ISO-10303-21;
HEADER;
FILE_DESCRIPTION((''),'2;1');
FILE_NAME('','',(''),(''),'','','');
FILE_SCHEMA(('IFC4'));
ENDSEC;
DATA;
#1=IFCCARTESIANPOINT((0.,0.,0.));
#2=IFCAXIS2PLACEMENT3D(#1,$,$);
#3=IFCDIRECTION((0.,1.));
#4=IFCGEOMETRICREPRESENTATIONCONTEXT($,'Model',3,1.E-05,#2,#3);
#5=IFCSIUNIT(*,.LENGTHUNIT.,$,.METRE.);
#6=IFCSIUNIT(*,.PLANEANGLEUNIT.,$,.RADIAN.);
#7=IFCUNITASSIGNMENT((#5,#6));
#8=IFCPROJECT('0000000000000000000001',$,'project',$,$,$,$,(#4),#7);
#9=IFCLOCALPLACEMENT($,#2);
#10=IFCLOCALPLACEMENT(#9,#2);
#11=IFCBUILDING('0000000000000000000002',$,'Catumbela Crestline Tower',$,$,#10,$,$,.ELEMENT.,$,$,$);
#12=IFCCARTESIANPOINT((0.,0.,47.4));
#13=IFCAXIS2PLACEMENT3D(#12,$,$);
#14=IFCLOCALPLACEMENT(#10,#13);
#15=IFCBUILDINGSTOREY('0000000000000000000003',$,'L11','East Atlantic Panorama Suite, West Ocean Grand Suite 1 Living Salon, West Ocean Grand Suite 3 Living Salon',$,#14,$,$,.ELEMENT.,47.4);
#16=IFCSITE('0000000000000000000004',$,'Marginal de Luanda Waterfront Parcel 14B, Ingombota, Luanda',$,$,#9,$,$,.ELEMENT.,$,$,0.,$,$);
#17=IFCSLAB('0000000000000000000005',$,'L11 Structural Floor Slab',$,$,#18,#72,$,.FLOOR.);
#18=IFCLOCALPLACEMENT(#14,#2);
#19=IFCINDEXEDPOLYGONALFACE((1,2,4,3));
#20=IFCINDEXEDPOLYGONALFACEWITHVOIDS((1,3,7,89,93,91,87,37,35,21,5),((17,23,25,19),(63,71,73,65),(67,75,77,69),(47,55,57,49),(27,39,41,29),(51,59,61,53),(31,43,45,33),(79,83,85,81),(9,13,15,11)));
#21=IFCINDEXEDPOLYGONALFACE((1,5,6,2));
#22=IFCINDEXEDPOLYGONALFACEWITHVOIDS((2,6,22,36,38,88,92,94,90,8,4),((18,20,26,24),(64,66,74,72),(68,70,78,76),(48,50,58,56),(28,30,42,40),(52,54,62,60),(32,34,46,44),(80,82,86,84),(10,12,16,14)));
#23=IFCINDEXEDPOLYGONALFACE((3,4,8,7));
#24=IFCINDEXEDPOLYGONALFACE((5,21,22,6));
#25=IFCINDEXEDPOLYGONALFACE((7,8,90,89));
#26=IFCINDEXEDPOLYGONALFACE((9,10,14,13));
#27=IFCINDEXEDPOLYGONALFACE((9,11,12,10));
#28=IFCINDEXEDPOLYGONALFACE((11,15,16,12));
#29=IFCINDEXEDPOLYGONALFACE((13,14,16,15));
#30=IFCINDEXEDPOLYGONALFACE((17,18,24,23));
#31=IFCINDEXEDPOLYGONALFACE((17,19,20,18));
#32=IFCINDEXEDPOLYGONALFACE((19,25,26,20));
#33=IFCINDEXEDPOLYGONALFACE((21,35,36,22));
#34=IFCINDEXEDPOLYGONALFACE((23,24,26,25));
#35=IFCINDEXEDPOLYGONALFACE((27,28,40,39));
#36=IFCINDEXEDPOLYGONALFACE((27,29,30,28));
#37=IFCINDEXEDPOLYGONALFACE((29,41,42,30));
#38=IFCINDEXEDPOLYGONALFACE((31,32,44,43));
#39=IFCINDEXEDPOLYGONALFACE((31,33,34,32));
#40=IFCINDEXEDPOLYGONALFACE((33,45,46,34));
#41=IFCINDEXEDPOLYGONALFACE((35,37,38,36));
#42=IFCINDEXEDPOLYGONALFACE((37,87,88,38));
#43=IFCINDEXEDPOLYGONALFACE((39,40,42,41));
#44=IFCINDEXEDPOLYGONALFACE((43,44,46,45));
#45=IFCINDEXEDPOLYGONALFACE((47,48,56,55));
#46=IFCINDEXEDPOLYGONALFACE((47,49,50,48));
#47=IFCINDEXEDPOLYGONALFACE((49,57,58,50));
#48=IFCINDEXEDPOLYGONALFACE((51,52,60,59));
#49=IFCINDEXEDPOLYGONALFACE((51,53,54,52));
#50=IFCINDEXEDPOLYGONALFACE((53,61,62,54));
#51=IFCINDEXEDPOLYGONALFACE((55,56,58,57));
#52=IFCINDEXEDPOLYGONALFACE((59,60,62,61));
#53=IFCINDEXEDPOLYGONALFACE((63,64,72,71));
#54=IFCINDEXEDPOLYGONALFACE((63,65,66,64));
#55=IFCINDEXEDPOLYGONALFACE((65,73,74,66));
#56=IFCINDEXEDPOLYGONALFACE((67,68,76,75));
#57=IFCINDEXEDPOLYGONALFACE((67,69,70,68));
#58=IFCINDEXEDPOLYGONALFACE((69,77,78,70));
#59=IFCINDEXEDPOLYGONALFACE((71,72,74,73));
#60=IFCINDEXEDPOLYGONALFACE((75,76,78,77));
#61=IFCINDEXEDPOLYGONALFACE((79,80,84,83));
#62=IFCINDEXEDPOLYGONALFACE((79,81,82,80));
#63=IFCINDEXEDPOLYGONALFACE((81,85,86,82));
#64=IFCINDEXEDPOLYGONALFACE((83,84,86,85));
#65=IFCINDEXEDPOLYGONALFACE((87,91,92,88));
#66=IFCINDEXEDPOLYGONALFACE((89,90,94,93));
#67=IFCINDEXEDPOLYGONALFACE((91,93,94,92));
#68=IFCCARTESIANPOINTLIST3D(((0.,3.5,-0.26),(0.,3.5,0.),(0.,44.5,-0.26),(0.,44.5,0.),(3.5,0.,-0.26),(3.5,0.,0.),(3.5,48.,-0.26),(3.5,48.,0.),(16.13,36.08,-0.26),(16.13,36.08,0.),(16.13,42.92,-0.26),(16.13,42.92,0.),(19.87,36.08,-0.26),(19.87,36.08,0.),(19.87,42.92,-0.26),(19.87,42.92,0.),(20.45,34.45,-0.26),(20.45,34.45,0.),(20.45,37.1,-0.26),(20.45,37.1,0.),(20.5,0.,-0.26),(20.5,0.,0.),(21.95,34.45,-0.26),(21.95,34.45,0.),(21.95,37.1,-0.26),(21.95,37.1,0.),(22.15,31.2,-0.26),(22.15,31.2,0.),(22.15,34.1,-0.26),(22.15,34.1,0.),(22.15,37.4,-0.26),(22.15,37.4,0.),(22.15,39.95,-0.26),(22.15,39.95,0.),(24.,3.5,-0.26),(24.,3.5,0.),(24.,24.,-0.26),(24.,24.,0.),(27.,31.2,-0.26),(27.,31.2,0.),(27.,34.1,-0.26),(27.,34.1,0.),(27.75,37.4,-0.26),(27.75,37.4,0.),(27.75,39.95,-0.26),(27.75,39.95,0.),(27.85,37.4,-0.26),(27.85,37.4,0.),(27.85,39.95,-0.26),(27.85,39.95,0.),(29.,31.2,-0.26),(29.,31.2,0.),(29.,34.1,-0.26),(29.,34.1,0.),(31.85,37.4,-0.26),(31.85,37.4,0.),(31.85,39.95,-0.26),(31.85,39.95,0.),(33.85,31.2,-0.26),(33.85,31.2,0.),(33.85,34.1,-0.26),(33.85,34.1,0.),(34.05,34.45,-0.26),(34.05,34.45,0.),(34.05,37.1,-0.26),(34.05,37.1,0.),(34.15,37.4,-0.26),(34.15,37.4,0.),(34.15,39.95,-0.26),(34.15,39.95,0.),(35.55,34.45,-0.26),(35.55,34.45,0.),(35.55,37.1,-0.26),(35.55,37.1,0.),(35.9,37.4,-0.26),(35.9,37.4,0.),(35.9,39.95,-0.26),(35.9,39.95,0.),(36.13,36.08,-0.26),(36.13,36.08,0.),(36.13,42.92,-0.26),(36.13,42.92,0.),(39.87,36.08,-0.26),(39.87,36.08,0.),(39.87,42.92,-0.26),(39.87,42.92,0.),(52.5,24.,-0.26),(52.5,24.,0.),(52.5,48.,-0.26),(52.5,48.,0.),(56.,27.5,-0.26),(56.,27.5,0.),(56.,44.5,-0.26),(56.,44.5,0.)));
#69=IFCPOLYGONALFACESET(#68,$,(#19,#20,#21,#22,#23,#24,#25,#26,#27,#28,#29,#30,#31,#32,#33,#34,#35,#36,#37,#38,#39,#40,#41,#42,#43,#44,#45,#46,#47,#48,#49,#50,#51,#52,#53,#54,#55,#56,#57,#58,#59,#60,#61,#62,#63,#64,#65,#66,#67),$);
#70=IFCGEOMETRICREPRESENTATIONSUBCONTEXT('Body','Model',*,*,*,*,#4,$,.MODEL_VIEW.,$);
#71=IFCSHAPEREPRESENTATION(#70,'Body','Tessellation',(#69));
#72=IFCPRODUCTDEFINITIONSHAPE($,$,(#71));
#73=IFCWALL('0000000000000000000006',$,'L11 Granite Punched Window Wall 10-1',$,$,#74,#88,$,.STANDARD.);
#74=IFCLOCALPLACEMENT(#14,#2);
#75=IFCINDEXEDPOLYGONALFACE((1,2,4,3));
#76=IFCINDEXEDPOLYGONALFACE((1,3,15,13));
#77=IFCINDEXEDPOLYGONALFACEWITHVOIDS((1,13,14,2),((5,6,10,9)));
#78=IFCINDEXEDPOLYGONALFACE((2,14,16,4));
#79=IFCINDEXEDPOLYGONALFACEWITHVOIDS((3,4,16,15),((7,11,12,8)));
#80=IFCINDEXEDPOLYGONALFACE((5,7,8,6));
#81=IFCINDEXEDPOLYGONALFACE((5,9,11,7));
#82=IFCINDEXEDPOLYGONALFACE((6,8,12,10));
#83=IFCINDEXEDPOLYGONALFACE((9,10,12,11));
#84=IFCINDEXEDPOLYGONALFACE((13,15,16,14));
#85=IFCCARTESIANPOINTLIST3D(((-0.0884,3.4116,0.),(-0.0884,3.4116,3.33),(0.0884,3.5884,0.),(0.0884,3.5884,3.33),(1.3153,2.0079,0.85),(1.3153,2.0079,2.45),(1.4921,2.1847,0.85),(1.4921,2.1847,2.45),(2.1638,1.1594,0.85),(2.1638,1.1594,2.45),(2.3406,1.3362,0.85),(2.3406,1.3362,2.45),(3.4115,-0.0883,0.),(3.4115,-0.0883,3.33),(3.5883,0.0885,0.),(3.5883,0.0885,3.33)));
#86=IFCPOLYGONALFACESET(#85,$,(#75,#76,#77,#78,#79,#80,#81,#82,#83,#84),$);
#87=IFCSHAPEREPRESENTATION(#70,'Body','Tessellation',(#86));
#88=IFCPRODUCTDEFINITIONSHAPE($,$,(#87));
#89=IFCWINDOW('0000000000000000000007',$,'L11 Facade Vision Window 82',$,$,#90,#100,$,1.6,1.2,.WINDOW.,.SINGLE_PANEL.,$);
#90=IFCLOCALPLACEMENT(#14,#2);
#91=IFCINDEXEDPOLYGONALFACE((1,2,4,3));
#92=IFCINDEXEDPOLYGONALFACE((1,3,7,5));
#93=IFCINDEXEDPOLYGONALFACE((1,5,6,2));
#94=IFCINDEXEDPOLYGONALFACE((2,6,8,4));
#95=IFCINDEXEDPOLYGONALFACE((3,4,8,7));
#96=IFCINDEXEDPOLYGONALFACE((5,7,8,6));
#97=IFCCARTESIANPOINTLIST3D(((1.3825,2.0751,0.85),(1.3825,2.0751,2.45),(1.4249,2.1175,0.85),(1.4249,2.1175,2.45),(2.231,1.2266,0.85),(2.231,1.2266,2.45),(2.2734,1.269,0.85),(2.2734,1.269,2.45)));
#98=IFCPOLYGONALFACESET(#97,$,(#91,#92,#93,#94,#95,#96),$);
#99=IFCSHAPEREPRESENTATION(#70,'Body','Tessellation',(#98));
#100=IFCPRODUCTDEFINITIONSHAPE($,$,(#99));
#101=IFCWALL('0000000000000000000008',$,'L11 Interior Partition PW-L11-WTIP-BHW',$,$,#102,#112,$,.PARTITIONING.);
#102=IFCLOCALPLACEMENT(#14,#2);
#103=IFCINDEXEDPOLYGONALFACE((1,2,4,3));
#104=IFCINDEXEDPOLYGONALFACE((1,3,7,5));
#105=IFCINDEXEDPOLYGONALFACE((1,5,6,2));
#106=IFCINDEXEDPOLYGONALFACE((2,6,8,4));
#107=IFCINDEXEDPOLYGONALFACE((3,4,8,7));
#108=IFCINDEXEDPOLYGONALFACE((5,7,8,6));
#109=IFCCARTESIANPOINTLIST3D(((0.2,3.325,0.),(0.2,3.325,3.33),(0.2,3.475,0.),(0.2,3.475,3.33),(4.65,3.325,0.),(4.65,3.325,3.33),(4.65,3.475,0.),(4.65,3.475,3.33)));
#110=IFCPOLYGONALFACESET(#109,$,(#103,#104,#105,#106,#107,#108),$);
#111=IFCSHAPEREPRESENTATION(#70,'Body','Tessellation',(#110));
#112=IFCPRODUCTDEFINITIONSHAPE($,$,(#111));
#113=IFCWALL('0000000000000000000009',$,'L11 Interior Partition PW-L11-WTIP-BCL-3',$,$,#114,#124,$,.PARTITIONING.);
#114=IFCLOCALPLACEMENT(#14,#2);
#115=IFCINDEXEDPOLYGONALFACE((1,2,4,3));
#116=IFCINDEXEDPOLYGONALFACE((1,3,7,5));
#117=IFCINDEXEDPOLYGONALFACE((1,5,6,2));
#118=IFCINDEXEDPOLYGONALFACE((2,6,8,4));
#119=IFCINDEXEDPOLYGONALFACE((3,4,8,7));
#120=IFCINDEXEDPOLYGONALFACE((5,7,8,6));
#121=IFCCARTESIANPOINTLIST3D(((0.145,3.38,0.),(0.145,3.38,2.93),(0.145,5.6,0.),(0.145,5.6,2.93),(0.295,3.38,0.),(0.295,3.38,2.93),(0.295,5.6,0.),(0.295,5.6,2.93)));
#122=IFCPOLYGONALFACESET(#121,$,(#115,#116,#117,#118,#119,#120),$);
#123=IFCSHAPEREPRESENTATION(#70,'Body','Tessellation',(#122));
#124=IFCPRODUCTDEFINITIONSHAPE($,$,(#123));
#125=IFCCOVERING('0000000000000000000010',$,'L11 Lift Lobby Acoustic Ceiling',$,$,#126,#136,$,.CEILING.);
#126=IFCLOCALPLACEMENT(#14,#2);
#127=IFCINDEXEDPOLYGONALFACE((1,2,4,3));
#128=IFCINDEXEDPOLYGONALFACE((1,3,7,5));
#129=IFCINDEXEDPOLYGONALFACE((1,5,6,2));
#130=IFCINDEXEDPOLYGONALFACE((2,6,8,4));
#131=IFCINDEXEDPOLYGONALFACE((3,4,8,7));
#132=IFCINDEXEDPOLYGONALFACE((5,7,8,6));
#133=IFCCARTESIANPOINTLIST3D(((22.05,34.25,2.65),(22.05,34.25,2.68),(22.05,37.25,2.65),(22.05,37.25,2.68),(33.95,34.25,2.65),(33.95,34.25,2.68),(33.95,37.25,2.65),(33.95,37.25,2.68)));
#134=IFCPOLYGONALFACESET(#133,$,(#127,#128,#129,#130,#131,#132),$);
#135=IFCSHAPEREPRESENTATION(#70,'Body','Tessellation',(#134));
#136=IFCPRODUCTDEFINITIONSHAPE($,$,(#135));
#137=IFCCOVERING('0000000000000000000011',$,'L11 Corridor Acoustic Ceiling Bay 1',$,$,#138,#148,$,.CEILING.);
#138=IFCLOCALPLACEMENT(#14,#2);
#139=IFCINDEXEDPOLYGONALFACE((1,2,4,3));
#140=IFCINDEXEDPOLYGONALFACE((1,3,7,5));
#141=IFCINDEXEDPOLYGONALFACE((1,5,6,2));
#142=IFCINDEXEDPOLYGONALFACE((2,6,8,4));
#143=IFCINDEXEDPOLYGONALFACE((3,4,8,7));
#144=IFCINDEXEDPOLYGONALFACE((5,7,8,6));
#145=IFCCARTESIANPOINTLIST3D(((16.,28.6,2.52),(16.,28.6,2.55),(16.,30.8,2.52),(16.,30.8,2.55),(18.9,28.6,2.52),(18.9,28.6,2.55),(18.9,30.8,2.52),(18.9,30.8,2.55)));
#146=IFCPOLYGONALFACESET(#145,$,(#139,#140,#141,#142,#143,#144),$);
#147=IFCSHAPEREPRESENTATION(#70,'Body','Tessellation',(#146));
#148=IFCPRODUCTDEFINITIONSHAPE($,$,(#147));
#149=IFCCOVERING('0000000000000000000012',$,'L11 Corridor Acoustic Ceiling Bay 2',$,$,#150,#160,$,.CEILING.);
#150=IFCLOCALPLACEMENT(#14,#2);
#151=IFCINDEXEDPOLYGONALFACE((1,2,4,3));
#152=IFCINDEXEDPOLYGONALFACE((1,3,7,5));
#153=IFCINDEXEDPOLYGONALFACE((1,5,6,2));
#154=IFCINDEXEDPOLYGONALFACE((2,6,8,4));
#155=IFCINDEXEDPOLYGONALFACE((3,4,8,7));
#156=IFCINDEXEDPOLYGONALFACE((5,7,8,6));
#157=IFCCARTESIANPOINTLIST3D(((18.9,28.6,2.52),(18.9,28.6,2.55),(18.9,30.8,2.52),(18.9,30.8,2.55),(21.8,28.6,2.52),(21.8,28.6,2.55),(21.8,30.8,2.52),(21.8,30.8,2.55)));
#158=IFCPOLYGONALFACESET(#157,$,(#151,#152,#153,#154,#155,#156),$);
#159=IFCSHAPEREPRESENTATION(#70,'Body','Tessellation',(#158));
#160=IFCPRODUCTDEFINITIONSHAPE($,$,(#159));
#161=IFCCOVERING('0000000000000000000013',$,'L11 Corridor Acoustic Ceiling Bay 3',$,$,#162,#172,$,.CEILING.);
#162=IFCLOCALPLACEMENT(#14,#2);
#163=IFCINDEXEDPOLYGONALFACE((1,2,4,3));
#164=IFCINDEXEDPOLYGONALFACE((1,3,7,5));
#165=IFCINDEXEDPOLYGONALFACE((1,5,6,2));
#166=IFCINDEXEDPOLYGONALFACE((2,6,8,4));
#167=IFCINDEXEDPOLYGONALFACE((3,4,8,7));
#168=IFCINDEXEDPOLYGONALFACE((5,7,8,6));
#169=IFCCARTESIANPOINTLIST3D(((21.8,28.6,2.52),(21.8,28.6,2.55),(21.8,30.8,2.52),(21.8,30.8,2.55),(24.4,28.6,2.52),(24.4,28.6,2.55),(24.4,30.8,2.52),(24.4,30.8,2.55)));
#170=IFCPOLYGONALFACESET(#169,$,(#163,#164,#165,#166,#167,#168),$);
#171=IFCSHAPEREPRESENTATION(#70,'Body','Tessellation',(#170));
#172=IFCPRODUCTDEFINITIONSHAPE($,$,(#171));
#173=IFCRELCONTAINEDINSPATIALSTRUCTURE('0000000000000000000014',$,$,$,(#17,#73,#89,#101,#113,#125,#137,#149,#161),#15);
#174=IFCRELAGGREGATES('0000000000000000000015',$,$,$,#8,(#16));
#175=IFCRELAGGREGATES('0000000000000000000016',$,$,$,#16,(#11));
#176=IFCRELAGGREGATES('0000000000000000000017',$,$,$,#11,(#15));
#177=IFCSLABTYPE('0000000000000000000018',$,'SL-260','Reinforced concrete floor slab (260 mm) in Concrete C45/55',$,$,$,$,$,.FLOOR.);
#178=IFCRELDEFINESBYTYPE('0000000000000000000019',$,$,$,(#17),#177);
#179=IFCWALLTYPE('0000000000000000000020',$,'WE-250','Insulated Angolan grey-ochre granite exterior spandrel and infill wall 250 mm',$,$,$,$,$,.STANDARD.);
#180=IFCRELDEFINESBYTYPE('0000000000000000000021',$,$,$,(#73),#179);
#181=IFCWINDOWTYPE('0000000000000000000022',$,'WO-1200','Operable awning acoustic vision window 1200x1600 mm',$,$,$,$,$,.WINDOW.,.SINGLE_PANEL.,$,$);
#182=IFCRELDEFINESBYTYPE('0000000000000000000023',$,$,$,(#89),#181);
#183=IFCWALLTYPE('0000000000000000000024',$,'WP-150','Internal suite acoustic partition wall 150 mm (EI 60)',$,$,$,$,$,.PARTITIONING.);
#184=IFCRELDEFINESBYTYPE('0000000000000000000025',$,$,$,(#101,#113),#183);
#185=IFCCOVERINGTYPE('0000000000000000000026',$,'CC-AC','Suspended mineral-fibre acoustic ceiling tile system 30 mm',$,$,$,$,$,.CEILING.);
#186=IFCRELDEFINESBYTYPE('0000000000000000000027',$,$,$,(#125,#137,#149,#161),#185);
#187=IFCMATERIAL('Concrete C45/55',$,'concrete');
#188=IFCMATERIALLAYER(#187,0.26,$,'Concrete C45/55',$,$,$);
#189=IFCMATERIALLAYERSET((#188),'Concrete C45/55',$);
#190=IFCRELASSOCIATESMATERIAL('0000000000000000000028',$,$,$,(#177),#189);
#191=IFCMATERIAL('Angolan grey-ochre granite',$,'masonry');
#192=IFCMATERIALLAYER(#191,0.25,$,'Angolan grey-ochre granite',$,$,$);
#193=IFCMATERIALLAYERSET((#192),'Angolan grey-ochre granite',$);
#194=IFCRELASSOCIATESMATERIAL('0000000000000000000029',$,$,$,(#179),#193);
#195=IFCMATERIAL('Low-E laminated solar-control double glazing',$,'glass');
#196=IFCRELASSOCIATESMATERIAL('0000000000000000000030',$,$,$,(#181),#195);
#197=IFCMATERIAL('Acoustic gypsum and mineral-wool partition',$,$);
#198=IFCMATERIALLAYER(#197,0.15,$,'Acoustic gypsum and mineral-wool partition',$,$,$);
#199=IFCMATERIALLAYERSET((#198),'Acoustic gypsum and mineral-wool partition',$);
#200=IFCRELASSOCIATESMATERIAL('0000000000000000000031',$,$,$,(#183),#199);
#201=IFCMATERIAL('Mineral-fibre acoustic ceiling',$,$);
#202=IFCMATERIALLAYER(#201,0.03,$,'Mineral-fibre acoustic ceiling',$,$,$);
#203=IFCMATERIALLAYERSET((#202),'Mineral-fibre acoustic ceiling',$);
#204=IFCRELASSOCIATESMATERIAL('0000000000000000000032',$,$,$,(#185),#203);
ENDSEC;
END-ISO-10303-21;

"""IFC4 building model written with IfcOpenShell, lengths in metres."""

from ifc_helpers import new_model, si_unit, direction, frame, frame_2d, origin, place, context, subcontext, project, spatial, polyline, rectangle, outline, extrude, material, layer, layer_set, type_object, element, fill, save


model = new_model("IFC4")

# Units and contexts
model_context = context("Model", 3, precision=1e-05, world=origin(), true_north=direction((0.0, 1.0)))
body_context = subcontext(model_context, "Body", "Model", "MODEL_VIEW")
ifc_project = project(units=[si_unit("LENGTHUNIT", "METRE"), si_unit("PLANEANGLEUNIT", "RADIAN")], contexts=[model_context])

# Site, building, storey
site_placement = place(None, origin())
site = spatial("IfcSite", under=ifc_project, at=site_placement, Name="Marginal de Luanda Waterfront Parcel 14B, Ingombota, Luanda", CompositionType="ELEMENT", RefElevation=0.0)
building_placement = place(site_placement, origin())
building = spatial("IfcBuilding", under=site, at=building_placement, Name="Catumbela Crestline Tower", CompositionType="ELEMENT")
storey_placement = place(building_placement, frame((0.0, 0.0, 47.4)))
storey = spatial("IfcBuildingStorey", under=building, at=storey_placement, Name="L11", Description="East Atlantic Panorama Suite, West Ocean Grand Suite 1 Living Salon, West Ocean Grand Suite 3 Living Salon", CompositionType="ELEMENT", Elevation=47.4)

# Shared definitions
ifc_material_1 = material(Name="Concrete C45/55", Category="concrete")

# Slab
ifc_layer_1 = layer(ifc_material_1, 0.26, Name="Concrete C45/55")
ifc_layer_set_1 = layer_set([ifc_layer_1], Name="Concrete C45/55")
slab_type_1 = type_object("IfcSlabType", Name="SL-260", Description="Reinforced concrete floor slab (260 mm) in Concrete C45/55", PredefinedType="FLOOR", material=ifc_layer_set_1)
slab_1_placement = place(storey_placement, frame((0.0, 0.0, -0.26)))
element("IfcSlab", 1, at=slab_1_placement, inside=storey, type_object=slab_type_1, Name="L11 Structural Floor Slab", PredefinedType="FLOOR", context=body_context, shape_type="SweptSolid", body=[
    extrude(outline(polyline([(3.5, 0.0), (20.5, 0.0), (24.0, 3.5), (24.0, 24.0), (52.5, 24.0), (56.0, 27.5), (56.0, 44.5), (52.5, 48.0), (3.5, 48.0), (0.0, 44.5), (0.0, 3.5), (3.5, 0.0)]), holes=[polyline([(16.13, 36.08), (19.87, 36.08), (19.87, 42.92), (16.13, 42.92), (16.13, 36.08)]), polyline([(36.13, 36.08), (39.87, 36.08), (39.87, 42.92), (36.13, 42.92), (36.13, 36.08)]), polyline([(22.15, 31.2), (27.0, 31.2), (27.0, 34.1), (22.15, 34.1), (22.15, 31.2)]), polyline([(29.0, 31.2), (33.85, 31.2), (33.85, 34.1), (29.0, 34.1), (29.0, 31.2)]), polyline([(22.15, 37.4), (27.75, 37.4), (27.75, 39.95), (22.15, 39.95), (22.15, 37.4)]), polyline([(27.85, 37.4), (31.85, 37.4), (31.85, 39.95), (27.85, 39.95), (27.85, 37.4)]), polyline([(20.45, 34.45), (21.95, 34.45), (21.95, 37.1), (20.45, 37.1), (20.45, 34.45)]), polyline([(34.05, 34.45), (35.55, 34.45), (35.55, 37.1), (34.05, 37.1), (34.05, 34.45)]), polyline([(34.15, 37.4), (35.9, 37.4), (35.9, 39.95), (34.15, 39.95), (34.15, 37.4)])]), origin(), (0.0, 0.0, 1.0), 0.26),
])

# Wall, opening, window
ifc_material_2 = material(Name="Angolan grey-ochre granite", Category="masonry")
ifc_layer_2 = layer(ifc_material_2, 0.25, Name="Angolan grey-ochre granite")
ifc_layer_set_2 = layer_set([ifc_layer_2], Name="Angolan grey-ochre granite")
wall_type_1 = type_object("IfcWallType", Name="WE-250", Description="Insulated Angolan grey-ochre granite exterior spandrel and infill wall 250 mm", PredefinedType="STANDARD", material=ifc_layer_set_2)
wall_1_placement = place(storey_placement, frame((0.0, 3.5, 0.0), z_axis=(0.0, 0.0, 1.0), x_axis=(0.707107, -0.707107, 0.0)))
wall_1 = element("IfcWall", 2, at=wall_1_placement, inside=storey, type_object=wall_type_1, Name="L11 Granite Punched Window Wall 10-1", PredefinedType="STANDARD", context=body_context, shape_type="SweptSolid", body=[
    extrude(rectangle(XDim=4.9497, YDim=0.25, at=frame_2d((2.4748, 0.0))), origin(), (0.0, 0.0, 1.0), 3.33),
])
opening_placement = place(wall_1_placement, frame((1.9851, 0.0, 0.85)))
opening = element("IfcOpeningElement", 3, at=opening_placement, cuts=wall_1, PredefinedType="OPENING", context=body_context, shape_type="SweptSolid", body=[
    extrude(rectangle(XDim=1.2, YDim=1.6, at=frame_2d((0.6, 0.8))), frame((0.0, 0.135, 0.0), z_axis=(0.0, -1.0, 0.0), x_axis=(1.0, 0.0, 0.0)), (0.0, 0.0, 1.0), 0.27),
])
ifc_material_3 = material(Name="Low-E laminated solar-control double glazing", Category="glass")
window_type = type_object("IfcWindowType", Name="WO-1200", Description="Operable awning acoustic vision window 1200x1600 mm", PartitioningType="SINGLE_PANEL", PredefinedType="WINDOW", material=ifc_material_3)
window_placement = place(opening_placement, origin())
window = element("IfcWindow", 4, at=window_placement, inside=storey, type_object=window_type, Name="L11 Facade Vision Window 82", OverallHeight=1.6, OverallWidth=1.2, PartitioningType="SINGLE_PANEL", PredefinedType="WINDOW", context=body_context, shape_type="SweptSolid", body=[
    extrude(rectangle(XDim=1.2, YDim=1.6, at=frame_2d((0.6, 0.8))), frame((0.0, 0.03, 0.0), z_axis=(0.0, -1.0, 0.0), x_axis=(1.0, 0.0, 0.0)), (0.0, 0.0, 1.0), 0.06),
])
fill(opening, window)

# Walls
ifc_material_4 = material(Name="Acoustic gypsum and mineral-wool partition")
ifc_layer_3 = layer(ifc_material_4, 0.15, Name="Acoustic gypsum and mineral-wool partition")
ifc_layer_set_3 = layer_set([ifc_layer_3], Name="Acoustic gypsum and mineral-wool partition")
wall_type_2 = type_object("IfcWallType", Name="WP-150", Description="Internal suite acoustic partition wall 150 mm (EI 60)", PredefinedType="PARTITIONING", material=ifc_layer_set_3)
wall_2_placement = place(storey_placement, frame((0.2, 3.4, 0.0), z_axis=(0.0, 0.0, 1.0), x_axis=(1.0, 0.0, 0.0)))
element("IfcWall", 5, at=wall_2_placement, inside=storey, type_object=wall_type_2, Name="L11 Interior Partition PW-L11-WTIP-BHW", PredefinedType="PARTITIONING", context=body_context, shape_type="SweptSolid", body=[
    extrude(rectangle(XDim=4.45, YDim=0.15, at=frame_2d((2.225, 0.0))), origin(), (0.0, 0.0, 1.0), 3.33),
])
wall_3_placement = place(storey_placement, frame((0.22, 3.38, 0.0), z_axis=(0.0, 0.0, 1.0), x_axis=(0.0, 1.0, 0.0)))
element("IfcWall", 6, at=wall_3_placement, inside=storey, type_object=wall_type_2, Name="L11 Interior Partition PW-L11-WTIP-BCL-3", PredefinedType="PARTITIONING", context=body_context, shape_type="SweptSolid", body=[
    extrude(rectangle(XDim=2.22, YDim=0.15, at=frame_2d((1.11, 0.0))), origin(), (0.0, 0.0, 1.0), 2.93),
])

# Coverings
ifc_material_5 = material(Name="Mineral-fibre acoustic ceiling")
ifc_layer_4 = layer(ifc_material_5, 0.03, Name="Mineral-fibre acoustic ceiling")
ifc_layer_set_4 = layer_set([ifc_layer_4], Name="Mineral-fibre acoustic ceiling")
covering_type_1 = type_object("IfcCoveringType", Name="CC-AC", Description="Suspended mineral-fibre acoustic ceiling tile system 30 mm", PredefinedType="CEILING", material=ifc_layer_set_4)
covering_1_placement = place(storey_placement, frame((0.0, 0.0, 2.65)))
element("IfcCovering", 7, at=covering_1_placement, inside=storey, type_object=covering_type_1, Name="L11 Lift Lobby Acoustic Ceiling", PredefinedType="CEILING", context=body_context, shape_type="SweptSolid", body=[
    extrude(outline(polyline([(22.05, 34.25), (33.95, 34.25), (33.95, 37.25), (22.05, 37.25), (22.05, 34.25)])), origin(), (0.0, 0.0, 1.0), 0.03),
])
covering_2_placement = place(storey_placement, frame((0.0, 0.0, 2.52)))
element("IfcCovering", 8, at=covering_2_placement, inside=storey, type_object=covering_type_1, Name="L11 Corridor Acoustic Ceiling Bay 1", PredefinedType="CEILING", context=body_context, shape_type="SweptSolid", body=[
    extrude(outline(polyline([(16.0, 28.6), (18.9, 28.6), (18.9, 30.8), (16.0, 30.8), (16.0, 28.6)])), origin(), (0.0, 0.0, 1.0), 0.03),
])
covering_3_placement = place(storey_placement, frame((0.0, 0.0, 2.52)))
element("IfcCovering", 9, at=covering_3_placement, inside=storey, type_object=covering_type_1, Name="L11 Corridor Acoustic Ceiling Bay 2", PredefinedType="CEILING", context=body_context, shape_type="SweptSolid", body=[
    extrude(outline(polyline([(18.9, 28.6), (21.8, 28.6), (21.8, 30.8), (18.9, 30.8), (18.9, 28.6)])), origin(), (0.0, 0.0, 1.0), 0.03),
])
covering_4_placement = place(storey_placement, frame((0.0, 0.0, 2.52)))
element("IfcCovering", 10, at=covering_4_placement, inside=storey, type_object=covering_type_1, Name="L11 Corridor Acoustic Ceiling Bay 3", PredefinedType="CEILING", context=body_context, shape_type="SweptSolid", body=[
    extrude(outline(polyline([(21.8, 28.6), (24.4, 28.6), (24.4, 30.8), (21.8, 30.8), (21.8, 28.6)])), origin(), (0.0, 0.0, 1.0), 0.03),
])

save(model, "model.ifc")
